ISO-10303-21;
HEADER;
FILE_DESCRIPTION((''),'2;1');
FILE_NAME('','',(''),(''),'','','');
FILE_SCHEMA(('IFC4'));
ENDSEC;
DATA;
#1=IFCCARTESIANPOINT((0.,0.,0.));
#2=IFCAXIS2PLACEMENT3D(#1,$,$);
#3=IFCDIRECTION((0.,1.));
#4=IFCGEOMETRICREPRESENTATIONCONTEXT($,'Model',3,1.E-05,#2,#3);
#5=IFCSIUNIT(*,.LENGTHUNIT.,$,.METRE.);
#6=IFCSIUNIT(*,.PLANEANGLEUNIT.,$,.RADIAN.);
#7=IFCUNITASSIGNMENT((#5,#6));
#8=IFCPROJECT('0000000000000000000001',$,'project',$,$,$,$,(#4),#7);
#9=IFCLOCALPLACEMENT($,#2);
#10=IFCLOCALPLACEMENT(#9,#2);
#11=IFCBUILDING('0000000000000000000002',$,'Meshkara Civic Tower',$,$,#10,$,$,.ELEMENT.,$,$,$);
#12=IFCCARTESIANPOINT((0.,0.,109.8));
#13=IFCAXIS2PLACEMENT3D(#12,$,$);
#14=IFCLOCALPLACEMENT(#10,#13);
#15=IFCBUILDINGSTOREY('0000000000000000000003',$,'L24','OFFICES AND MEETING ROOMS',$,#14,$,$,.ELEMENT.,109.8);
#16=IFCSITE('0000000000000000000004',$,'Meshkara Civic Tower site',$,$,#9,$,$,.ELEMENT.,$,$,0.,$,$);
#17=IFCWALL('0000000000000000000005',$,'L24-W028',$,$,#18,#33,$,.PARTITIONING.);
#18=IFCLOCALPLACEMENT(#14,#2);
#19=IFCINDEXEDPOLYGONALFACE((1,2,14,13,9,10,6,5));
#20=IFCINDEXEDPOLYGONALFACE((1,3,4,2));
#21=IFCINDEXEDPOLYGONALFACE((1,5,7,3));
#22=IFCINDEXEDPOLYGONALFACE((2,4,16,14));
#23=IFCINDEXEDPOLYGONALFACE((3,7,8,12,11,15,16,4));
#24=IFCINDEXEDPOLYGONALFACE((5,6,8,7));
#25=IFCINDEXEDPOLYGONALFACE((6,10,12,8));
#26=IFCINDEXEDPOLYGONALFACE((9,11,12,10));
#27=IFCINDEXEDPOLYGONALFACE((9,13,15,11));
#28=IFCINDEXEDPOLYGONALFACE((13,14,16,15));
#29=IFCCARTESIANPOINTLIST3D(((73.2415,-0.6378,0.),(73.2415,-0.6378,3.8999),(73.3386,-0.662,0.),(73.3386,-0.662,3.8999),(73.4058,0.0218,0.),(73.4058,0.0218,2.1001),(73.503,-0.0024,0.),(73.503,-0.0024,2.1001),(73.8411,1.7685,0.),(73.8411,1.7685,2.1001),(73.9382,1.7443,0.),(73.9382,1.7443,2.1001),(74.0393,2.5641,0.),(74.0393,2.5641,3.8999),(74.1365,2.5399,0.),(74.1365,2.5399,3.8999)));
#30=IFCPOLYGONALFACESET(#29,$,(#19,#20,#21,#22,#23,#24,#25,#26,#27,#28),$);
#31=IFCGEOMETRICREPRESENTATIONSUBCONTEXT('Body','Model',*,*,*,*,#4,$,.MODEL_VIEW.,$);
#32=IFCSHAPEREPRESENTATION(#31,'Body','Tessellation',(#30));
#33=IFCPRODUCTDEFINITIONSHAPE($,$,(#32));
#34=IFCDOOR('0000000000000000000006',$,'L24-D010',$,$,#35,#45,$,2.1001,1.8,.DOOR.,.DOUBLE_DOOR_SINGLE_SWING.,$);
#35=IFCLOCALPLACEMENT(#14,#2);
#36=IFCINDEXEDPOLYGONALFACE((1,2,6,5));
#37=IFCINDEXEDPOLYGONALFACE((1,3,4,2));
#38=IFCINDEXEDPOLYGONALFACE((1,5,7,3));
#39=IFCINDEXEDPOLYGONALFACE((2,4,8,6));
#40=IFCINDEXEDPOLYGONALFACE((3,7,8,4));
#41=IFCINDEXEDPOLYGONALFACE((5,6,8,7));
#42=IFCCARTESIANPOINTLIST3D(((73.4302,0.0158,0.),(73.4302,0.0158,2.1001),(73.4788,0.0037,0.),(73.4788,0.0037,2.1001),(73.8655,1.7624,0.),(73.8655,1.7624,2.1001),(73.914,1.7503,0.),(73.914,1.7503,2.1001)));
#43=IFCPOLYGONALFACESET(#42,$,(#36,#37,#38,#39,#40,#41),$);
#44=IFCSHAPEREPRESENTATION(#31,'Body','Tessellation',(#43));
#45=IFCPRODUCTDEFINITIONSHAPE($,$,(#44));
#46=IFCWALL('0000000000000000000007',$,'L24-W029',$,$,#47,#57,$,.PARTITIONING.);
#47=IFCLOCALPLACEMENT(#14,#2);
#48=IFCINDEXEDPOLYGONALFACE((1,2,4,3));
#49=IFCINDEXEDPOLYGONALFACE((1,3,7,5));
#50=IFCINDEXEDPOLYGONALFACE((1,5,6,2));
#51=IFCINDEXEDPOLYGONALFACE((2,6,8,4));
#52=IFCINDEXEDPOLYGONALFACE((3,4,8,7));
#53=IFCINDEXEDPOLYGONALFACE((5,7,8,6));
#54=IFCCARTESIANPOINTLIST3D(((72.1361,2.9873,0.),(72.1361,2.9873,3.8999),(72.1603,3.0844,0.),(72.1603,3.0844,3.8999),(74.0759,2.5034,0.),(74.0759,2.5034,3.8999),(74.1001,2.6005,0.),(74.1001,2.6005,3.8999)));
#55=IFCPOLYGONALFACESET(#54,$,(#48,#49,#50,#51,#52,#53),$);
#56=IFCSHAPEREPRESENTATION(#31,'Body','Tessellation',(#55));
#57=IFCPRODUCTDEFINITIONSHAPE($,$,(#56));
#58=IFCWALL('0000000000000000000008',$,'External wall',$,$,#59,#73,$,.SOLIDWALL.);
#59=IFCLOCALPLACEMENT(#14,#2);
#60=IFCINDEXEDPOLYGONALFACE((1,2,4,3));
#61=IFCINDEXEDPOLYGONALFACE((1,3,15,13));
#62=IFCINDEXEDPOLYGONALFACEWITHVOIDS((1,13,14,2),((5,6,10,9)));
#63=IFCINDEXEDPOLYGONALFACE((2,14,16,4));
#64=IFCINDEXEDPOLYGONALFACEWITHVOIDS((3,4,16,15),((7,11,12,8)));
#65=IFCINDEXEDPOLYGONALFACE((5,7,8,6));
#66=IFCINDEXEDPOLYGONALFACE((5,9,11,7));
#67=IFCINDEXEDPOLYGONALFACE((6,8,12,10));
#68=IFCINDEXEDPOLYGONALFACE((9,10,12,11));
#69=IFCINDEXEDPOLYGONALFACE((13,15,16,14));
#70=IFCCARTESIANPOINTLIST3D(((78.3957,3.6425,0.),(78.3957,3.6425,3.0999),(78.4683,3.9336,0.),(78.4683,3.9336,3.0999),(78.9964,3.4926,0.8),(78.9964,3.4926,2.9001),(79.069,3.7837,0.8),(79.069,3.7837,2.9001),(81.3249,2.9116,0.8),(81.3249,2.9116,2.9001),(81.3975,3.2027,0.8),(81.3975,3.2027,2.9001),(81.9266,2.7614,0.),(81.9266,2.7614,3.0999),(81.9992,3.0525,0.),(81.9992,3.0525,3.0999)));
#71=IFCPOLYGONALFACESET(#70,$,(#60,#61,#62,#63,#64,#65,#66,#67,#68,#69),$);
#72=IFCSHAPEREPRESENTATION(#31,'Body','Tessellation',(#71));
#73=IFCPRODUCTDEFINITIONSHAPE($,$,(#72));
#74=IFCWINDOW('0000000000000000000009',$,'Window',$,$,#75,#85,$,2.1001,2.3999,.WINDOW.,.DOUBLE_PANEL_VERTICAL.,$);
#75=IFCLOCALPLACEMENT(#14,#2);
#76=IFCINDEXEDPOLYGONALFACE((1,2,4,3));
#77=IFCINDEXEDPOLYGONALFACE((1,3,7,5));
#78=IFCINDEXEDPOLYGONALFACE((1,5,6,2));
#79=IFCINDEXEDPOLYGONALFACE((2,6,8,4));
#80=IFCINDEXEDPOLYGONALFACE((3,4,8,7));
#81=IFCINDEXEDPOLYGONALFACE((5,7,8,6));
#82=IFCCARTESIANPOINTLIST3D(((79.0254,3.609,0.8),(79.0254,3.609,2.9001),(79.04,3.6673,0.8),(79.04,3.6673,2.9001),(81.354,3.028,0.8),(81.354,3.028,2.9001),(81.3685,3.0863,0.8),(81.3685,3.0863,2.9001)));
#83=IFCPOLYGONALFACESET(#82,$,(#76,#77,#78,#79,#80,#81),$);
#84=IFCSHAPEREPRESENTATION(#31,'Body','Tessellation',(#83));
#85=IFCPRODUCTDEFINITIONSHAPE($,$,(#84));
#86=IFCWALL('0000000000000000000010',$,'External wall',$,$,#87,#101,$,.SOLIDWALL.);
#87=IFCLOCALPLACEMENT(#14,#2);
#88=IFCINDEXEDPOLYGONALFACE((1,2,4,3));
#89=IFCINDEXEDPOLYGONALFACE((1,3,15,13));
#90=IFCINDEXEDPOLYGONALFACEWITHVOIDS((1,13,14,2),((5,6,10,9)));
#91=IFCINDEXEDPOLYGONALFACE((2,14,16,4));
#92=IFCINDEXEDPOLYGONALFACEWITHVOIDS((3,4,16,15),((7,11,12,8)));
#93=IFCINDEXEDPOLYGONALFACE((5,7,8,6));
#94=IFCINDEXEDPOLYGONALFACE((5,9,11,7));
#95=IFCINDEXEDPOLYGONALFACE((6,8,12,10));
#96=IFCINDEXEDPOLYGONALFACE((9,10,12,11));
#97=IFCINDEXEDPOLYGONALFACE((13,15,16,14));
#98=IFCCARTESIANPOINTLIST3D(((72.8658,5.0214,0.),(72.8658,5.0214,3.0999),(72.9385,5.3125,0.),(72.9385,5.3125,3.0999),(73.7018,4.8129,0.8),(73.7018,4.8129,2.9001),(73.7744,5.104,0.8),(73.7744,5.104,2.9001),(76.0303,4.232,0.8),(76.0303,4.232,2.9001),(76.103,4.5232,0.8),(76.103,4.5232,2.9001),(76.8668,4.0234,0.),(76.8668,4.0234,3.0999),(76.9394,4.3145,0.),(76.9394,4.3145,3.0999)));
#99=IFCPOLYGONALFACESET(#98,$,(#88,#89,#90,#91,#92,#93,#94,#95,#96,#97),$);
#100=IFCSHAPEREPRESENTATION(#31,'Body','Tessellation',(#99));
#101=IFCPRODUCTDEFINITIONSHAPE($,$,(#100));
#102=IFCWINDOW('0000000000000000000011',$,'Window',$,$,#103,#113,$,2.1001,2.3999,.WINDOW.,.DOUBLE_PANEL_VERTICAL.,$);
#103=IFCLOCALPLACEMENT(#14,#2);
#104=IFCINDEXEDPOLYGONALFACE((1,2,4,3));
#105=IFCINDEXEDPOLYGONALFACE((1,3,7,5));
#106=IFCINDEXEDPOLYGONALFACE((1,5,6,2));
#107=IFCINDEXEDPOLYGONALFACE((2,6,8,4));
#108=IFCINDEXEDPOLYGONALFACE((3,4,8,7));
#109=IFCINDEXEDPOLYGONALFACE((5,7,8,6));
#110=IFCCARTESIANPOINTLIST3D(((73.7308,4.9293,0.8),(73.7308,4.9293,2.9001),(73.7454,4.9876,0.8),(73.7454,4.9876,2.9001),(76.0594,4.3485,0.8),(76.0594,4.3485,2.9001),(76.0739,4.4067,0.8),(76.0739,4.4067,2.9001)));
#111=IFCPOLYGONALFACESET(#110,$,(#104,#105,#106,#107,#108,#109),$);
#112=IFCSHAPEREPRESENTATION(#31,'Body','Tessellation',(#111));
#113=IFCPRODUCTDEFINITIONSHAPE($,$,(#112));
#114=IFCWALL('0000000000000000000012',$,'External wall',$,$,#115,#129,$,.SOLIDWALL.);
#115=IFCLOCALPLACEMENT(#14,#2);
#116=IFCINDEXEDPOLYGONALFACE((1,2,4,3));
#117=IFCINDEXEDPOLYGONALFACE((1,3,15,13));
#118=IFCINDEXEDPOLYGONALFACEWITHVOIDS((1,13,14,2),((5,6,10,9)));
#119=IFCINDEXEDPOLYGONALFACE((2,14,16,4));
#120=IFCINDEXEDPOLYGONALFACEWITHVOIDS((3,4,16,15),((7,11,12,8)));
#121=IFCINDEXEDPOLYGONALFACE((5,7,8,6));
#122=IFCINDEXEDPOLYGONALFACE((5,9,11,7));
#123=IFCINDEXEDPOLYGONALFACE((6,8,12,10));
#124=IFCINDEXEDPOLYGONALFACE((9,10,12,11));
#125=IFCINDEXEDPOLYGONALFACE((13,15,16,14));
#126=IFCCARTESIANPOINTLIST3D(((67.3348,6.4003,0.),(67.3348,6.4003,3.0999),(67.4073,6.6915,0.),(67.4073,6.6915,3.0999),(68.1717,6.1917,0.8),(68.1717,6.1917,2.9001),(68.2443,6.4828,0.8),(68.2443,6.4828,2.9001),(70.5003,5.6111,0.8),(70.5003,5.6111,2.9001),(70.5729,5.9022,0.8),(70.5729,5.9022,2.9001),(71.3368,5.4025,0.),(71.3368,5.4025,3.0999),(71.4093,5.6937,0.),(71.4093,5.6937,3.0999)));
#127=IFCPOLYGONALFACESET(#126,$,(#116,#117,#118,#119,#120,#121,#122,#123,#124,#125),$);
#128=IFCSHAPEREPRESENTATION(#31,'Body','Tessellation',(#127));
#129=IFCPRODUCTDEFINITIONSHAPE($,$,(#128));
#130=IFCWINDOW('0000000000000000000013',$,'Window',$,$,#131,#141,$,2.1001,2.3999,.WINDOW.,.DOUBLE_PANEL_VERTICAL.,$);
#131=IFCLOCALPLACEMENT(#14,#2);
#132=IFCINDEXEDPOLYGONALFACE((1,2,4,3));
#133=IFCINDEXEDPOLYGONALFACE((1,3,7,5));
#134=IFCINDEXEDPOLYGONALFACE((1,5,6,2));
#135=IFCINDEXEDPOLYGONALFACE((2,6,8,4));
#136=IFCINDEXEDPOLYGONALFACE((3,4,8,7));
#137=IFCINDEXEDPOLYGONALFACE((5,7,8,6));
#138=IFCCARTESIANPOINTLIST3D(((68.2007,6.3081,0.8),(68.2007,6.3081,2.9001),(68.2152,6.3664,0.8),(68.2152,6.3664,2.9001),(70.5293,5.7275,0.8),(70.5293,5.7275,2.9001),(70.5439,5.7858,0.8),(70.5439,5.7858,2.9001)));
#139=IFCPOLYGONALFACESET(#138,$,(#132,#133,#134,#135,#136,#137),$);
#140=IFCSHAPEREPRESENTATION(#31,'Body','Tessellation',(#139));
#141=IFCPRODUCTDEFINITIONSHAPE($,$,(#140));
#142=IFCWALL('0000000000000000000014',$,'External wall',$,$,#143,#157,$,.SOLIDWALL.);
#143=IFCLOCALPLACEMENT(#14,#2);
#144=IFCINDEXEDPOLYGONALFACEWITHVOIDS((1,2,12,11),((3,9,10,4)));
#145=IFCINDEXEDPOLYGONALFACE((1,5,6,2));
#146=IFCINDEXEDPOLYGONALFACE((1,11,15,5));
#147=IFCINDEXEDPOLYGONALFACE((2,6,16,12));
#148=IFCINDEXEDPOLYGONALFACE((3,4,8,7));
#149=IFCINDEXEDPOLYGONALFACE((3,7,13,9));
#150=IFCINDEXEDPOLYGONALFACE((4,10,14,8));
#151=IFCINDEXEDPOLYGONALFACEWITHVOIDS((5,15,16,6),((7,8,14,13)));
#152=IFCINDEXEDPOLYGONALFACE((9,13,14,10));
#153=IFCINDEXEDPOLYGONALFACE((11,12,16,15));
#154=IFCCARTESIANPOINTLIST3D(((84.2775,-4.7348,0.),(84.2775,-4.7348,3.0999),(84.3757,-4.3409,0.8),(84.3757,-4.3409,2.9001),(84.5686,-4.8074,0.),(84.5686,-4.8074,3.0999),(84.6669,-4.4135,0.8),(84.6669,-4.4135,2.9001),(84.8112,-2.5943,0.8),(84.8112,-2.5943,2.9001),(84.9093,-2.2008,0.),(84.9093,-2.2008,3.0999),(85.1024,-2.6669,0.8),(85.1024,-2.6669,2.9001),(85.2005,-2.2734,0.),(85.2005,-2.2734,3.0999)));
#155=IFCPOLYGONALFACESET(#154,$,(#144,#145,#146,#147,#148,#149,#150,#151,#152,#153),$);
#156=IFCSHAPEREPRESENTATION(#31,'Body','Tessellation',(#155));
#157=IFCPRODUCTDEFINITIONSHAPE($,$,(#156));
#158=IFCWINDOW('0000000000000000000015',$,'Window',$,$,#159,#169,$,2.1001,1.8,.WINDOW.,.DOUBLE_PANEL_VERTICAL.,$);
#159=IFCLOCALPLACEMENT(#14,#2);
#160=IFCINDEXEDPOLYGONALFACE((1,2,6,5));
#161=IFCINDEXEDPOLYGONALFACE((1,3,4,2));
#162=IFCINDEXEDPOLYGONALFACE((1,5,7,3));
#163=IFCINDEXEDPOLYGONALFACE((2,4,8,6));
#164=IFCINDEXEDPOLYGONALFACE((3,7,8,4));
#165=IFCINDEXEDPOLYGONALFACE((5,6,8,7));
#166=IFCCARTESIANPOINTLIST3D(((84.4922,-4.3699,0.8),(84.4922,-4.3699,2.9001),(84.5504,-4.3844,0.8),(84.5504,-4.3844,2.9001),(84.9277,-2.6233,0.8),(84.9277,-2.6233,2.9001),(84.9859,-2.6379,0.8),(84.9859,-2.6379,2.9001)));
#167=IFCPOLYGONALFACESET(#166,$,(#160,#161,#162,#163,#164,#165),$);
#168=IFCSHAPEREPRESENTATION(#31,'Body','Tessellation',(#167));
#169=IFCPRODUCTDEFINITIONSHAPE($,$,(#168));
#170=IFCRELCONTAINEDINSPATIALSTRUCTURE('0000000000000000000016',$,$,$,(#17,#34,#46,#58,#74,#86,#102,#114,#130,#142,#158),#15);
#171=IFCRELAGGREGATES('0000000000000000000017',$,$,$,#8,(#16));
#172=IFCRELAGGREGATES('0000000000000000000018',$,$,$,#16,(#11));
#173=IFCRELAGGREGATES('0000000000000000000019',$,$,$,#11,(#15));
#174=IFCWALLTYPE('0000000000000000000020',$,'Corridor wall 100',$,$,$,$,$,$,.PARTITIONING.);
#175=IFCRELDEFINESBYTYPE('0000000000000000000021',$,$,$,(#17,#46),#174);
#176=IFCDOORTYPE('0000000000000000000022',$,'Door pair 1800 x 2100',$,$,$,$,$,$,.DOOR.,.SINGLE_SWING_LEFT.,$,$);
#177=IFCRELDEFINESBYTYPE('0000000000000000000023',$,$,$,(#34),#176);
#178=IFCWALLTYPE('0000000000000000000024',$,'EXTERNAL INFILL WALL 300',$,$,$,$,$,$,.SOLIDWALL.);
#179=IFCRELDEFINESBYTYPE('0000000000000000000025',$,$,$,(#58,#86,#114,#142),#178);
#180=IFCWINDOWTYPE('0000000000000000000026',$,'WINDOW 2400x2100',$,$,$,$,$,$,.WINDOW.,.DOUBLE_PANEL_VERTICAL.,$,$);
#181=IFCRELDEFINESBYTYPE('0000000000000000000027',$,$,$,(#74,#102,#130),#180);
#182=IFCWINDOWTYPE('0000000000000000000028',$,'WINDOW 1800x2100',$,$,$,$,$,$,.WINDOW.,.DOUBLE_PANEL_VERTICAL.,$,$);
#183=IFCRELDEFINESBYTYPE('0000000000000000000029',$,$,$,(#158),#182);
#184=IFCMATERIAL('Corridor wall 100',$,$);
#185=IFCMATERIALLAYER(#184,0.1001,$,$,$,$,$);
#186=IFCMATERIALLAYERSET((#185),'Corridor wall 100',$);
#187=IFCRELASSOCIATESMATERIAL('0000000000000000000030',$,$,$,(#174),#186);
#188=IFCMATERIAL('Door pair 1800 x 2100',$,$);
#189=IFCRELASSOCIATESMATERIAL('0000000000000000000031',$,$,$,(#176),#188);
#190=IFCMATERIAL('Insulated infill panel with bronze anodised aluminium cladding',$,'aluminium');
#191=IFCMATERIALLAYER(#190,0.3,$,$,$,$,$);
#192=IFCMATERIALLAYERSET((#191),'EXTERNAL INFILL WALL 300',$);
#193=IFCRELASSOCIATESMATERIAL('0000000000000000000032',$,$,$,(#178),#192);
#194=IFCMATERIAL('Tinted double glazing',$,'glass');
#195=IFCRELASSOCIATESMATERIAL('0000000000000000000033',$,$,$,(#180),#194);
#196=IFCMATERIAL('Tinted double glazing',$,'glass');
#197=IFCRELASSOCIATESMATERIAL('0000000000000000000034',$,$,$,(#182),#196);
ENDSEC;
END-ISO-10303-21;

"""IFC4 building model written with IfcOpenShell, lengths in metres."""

from ifc_helpers import new_model, si_unit, direction, frame, frame_2d, origin, place, context, subcontext, project, spatial, rectangle, extrude, material, layer, layer_set, type_object, element, fill, save


model = new_model("IFC4")

# Units and contexts
model_context = context("Model", 3, precision=1e-05, world=origin(), true_north=direction((0.0, 1.0)))
body_context = subcontext(model_context, "Body", "Model", "MODEL_VIEW")
ifc_project = project(units=[si_unit("LENGTHUNIT", "METRE"), si_unit("PLANEANGLEUNIT", "RADIAN")], contexts=[model_context])

# Site, building, storey
site_placement = place(None, origin())
site = spatial("IfcSite", under=ifc_project, at=site_placement, Name="Meshkara Civic Tower site", CompositionType="ELEMENT", RefElevation=0.0)
building_placement = place(site_placement, origin())
building = spatial("IfcBuilding", under=site, at=building_placement, Name="Meshkara Civic Tower", CompositionType="ELEMENT")
storey_placement = place(building_placement, frame((0.0, 0.0, 109.8)))
storey = spatial("IfcBuildingStorey", under=building, at=storey_placement, Name="L24", Description="OFFICES AND MEETING ROOMS", CompositionType="ELEMENT", Elevation=109.8)

# Wall, opening, door
ifc_material_1 = material(Name="Corridor wall 100")
ifc_layer_1 = layer(ifc_material_1, 0.1001)
ifc_layer_set_1 = layer_set([ifc_layer_1], Name="Corridor wall 100")
wall_type_1 = type_object("IfcWallType", Name="Corridor wall 100", PredefinedType="PARTITIONING", material=ifc_layer_set_1)
wall_1_placement = place(storey_placement, frame((73.29, -0.6499, 0.0), z_axis=(0.0, 0.0, 1.0), x_axis=(0.241787, 0.970329, 0.0)))
wall_1 = element("IfcWall", 1, at=wall_1_placement, inside=storey, type_object=wall_type_1, Name="L24-W028", PredefinedType="PARTITIONING", context=body_context, shape_type="SweptSolid", body=[
    extrude(rectangle(XDim=3.2998, YDim=0.1001, at=frame_2d((1.6499, 0.0))), origin(), (0.0, 0.0, 1.0), 3.8999),
])
opening_1_placement = place(wall_1_placement, frame((0.6799, 0.0, 0.0)))
opening_1 = element("IfcOpeningElement", 2, at=opening_1_placement, cuts=wall_1, PredefinedType="OPENING", context=body_context, shape_type="SweptSolid", body=[
    extrude(rectangle(XDim=1.8, YDim=2.1001, at=frame_2d((0.8999, 1.05))), frame((0.0, 0.0601, 0.0), z_axis=(0.0, -1.0, 0.0), x_axis=(1.0, 0.0, 0.0)), (0.0, 0.0, 1.0), 0.1201),
])
ifc_material_2 = material(Name="Door pair 1800 x 2100")
door_type_1 = type_object("IfcDoorType", Name="Door pair 1800 x 2100", OperationType="SINGLE_SWING_LEFT", PredefinedType="DOOR", material=ifc_material_2)
door_1_placement = place(opening_1_placement, origin())
door_1 = element("IfcDoor", 3, at=door_1_placement, inside=storey, type_object=door_type_1, Name="L24-D010", OperationType="DOUBLE_DOOR_SINGLE_SWING", OverallHeight=2.1001, OverallWidth=1.8, PredefinedType="DOOR", context=body_context, shape_type="SweptSolid", body=[
    extrude(rectangle(XDim=1.8, YDim=2.1001, at=frame_2d((0.8999, 1.05))), frame((0.0, 0.0249, 0.0), z_axis=(0.0, -1.0, 0.0), x_axis=(1.0, 0.0, 0.0)), (0.0, 0.0, 1.0), 0.05),
])
fill(opening_1, door_1)

# Wall
wall_2_placement = place(storey_placement, frame((74.0879, 2.552, 0.0), z_axis=(0.0, 0.0, 1.0), x_axis=(-0.970272, 0.242018, 0.0)))
element("IfcWall", 4, at=wall_2_placement, inside=storey, type_object=wall_type_1, Name="L24-W029", PredefinedType="PARTITIONING", context=body_context, shape_type="SweptSolid", body=[
    extrude(rectangle(XDim=1.9993, YDim=0.1001, at=frame_2d((0.9995, 0.0))), origin(), (0.0, 0.0, 1.0), 3.8999),
])

# Walls, openings, windows
ifc_material_3 = material(Name="Insulated infill panel with bronze anodised aluminium cladding", Category="aluminium")
ifc_layer_2 = layer(ifc_material_3, 0.3)
ifc_layer_set_2 = layer_set([ifc_layer_2], Name="EXTERNAL INFILL WALL 300")
wall_type_2 = type_object("IfcWallType", Name="EXTERNAL INFILL WALL 300", PredefinedType="SOLIDWALL", material=ifc_layer_set_2)
wall_3_placement = place(storey_placement, frame((81.9629, 2.907, 0.0), z_axis=(0.0, 0.0, 1.0), x_axis=(-0.970249, 0.242109, 0.0)))
wall_3 = element("IfcWall", 5, at=wall_3_placement, inside=storey, type_object=wall_type_2, Name="External wall", PredefinedType="SOLIDWALL", context=body_context, shape_type="SweptSolid", body=[
    extrude(rectangle(XDim=3.6392, YDim=0.3, at=frame_2d((1.8196, 0.0))), origin(), (0.0, 0.0, 1.0), 3.0999),
])
opening_2_placement = place(wall_3_placement, frame((0.6201, 0.0, 0.8)))
opening_2 = element("IfcOpeningElement", 6, at=opening_2_placement, cuts=wall_3, PredefinedType="OPENING", context=body_context, shape_type="SweptSolid", body=[
    extrude(rectangle(XDim=2.3999, YDim=2.1001, at=frame_2d((1.2, 1.05))), frame((0.0, 0.1599, 0.0), z_axis=(0.0, -1.0, 0.0), x_axis=(1.0, 0.0, 0.0)), (0.0, 0.0, 1.0), 0.3201),
])
ifc_material_4 = material(Name="Tinted double glazing", Category="glass")
window_type_1 = type_object("IfcWindowType", Name="WINDOW 2400x2100", PartitioningType="DOUBLE_PANEL_VERTICAL", PredefinedType="WINDOW", material=ifc_material_4)
window_1_placement = place(opening_2_placement, origin())
window_1 = element("IfcWindow", 7, at=window_1_placement, inside=storey, type_object=window_type_1, Name="Window", OverallHeight=2.1001, OverallWidth=2.3999, PartitioningType="DOUBLE_PANEL_VERTICAL", PredefinedType="WINDOW", context=body_context, shape_type="SweptSolid", body=[
    extrude(rectangle(XDim=2.3999, YDim=2.1001, at=frame_2d((1.2, 1.05))), frame((0.0, 0.03, 0.0), z_axis=(0.0, -1.0, 0.0), x_axis=(1.0, 0.0, 0.0)), (0.0, 0.0, 1.0), 0.0601),
])
fill(opening_2, window_1)
wall_4_placement = place(storey_placement, frame((76.9031, 4.1689, 0.0), z_axis=(0.0, 0.0, 1.0), x_axis=(-0.970268, 0.242034, 0.0)))
wall_4 = element("IfcWall", 8, at=wall_4_placement, inside=storey, type_object=wall_type_2, Name="External wall", PredefinedType="SOLIDWALL", context=body_context, shape_type="SweptSolid", body=[
    extrude(rectangle(XDim=4.1235, YDim=0.3, at=frame_2d((2.0618, 0.0))), origin(), (0.0, 0.0, 1.0), 3.0999),
])
opening_3_placement = place(wall_4_placement, frame((0.8621, 0.0, 0.8)))
opening_3 = element("IfcOpeningElement", 9, at=opening_3_placement, cuts=wall_4, PredefinedType="OPENING", context=body_context, shape_type="SweptSolid", body=[
    extrude(rectangle(XDim=2.3999, YDim=2.1001, at=frame_2d((1.2, 1.05))), frame((0.0, 0.1599, 0.0), z_axis=(0.0, -1.0, 0.0), x_axis=(1.0, 0.0, 0.0)), (0.0, 0.0, 1.0), 0.3201),
])
window_2_placement = place(opening_3_placement, origin())
window_2 = element("IfcWindow", 10, at=window_2_placement, inside=storey, type_object=window_type_1, Name="Window", OverallHeight=2.1001, OverallWidth=2.3999, PartitioningType="DOUBLE_PANEL_VERTICAL", PredefinedType="WINDOW", context=body_context, shape_type="SweptSolid", body=[
    extrude(rectangle(XDim=2.3999, YDim=2.1001, at=frame_2d((1.2, 1.05))), frame((0.0, 0.03, 0.0), z_axis=(0.0, -1.0, 0.0), x_axis=(1.0, 0.0, 0.0)), (0.0, 0.0, 1.0), 0.0601),
])
fill(opening_3, window_2)
wall_5_placement = place(storey_placement, frame((71.373, 5.5481, 0.0), z_axis=(0.0, 0.0, 1.0), x_axis=(-0.970296, 0.241923, 0.0)))
wall_5 = element("IfcWall", 11, at=wall_5_placement, inside=storey, type_object=wall_type_2, Name="External wall", PredefinedType="SOLIDWALL", context=body_context, shape_type="SweptSolid", body=[
    extrude(rectangle(XDim=4.1245, YDim=0.3, at=frame_2d((2.0623, 0.0))), origin(), (0.0, 0.0, 1.0), 3.0999),
])
opening_4_placement = place(wall_5_placement, frame((0.8621, 0.0, 0.8)))
opening_4 = element("IfcOpeningElement", 12, at=opening_4_placement, cuts=wall_5, PredefinedType="OPENING", context=body_context, shape_type="SweptSolid", body=[
    extrude(rectangle(XDim=2.3999, YDim=2.1001, at=frame_2d((1.2, 1.05))), frame((0.0, 0.1599, 0.0), z_axis=(0.0, -1.0, 0.0), x_axis=(1.0, 0.0, 0.0)), (0.0, 0.0, 1.0), 0.3201),
])
window_3_placement = place(opening_4_placement, origin())
window_3 = element("IfcWindow", 13, at=window_3_placement, inside=storey, type_object=window_type_1, Name="Window", OverallHeight=2.1001, OverallWidth=2.3999, PartitioningType="DOUBLE_PANEL_VERTICAL", PredefinedType="WINDOW", context=body_context, shape_type="SweptSolid", body=[
    extrude(rectangle(XDim=2.3999, YDim=2.1001, at=frame_2d((1.2, 1.05))), frame((0.0, 0.03, 0.0), z_axis=(0.0, -1.0, 0.0), x_axis=(1.0, 0.0, 0.0)), (0.0, 0.0, 1.0), 0.0601),
])
fill(opening_4, window_3)
wall_6_placement = place(storey_placement, frame((84.4231, -4.771, 0.0), z_axis=(0.0, 0.0, 1.0), x_axis=(0.241942, 0.970291, 0.0)))
wall_6 = element("IfcWall", 14, at=wall_6_placement, inside=storey, type_object=wall_type_2, Name="External wall", PredefinedType="SOLIDWALL", context=body_context, shape_type="SweptSolid", body=[
    extrude(rectangle(XDim=2.6116, YDim=0.3, at=frame_2d((1.3057, 0.0))), origin(), (0.0, 0.0, 1.0), 3.0999),
])
opening_5_placement = place(wall_6_placement, frame((0.406, 0.0, 0.8)))
opening_5 = element("IfcOpeningElement", 15, at=opening_5_placement, cuts=wall_6, PredefinedType="OPENING", context=body_context, shape_type="SweptSolid", body=[
    extrude(rectangle(XDim=1.8, YDim=2.1001, at=frame_2d((0.8999, 1.05))), frame((0.0, 0.1599, 0.0), z_axis=(0.0, -1.0, 0.0), x_axis=(1.0, 0.0, 0.0)), (0.0, 0.0, 1.0), 0.3201),
])
ifc_material_5 = material(Name="Tinted double glazing", Category="glass")
window_type_2 = type_object("IfcWindowType", Name="WINDOW 1800x2100", PartitioningType="DOUBLE_PANEL_VERTICAL", PredefinedType="WINDOW", material=ifc_material_5)
window_4_placement = place(opening_5_placement, origin())
window_4 = element("IfcWindow", 16, at=window_4_placement, inside=storey, type_object=window_type_2, Name="Window", OverallHeight=2.1001, OverallWidth=1.8, PartitioningType="DOUBLE_PANEL_VERTICAL", PredefinedType="WINDOW", context=body_context, shape_type="SweptSolid", body=[
    extrude(rectangle(XDim=1.8, YDim=2.1001, at=frame_2d((0.8999, 1.05))), frame((0.0, 0.03, 0.0), z_axis=(0.0, -1.0, 0.0), x_axis=(1.0, 0.0, 0.0)), (0.0, 0.0, 1.0), 0.0601),
])
fill(opening_5, window_4)

save(model, "model.ifc")
